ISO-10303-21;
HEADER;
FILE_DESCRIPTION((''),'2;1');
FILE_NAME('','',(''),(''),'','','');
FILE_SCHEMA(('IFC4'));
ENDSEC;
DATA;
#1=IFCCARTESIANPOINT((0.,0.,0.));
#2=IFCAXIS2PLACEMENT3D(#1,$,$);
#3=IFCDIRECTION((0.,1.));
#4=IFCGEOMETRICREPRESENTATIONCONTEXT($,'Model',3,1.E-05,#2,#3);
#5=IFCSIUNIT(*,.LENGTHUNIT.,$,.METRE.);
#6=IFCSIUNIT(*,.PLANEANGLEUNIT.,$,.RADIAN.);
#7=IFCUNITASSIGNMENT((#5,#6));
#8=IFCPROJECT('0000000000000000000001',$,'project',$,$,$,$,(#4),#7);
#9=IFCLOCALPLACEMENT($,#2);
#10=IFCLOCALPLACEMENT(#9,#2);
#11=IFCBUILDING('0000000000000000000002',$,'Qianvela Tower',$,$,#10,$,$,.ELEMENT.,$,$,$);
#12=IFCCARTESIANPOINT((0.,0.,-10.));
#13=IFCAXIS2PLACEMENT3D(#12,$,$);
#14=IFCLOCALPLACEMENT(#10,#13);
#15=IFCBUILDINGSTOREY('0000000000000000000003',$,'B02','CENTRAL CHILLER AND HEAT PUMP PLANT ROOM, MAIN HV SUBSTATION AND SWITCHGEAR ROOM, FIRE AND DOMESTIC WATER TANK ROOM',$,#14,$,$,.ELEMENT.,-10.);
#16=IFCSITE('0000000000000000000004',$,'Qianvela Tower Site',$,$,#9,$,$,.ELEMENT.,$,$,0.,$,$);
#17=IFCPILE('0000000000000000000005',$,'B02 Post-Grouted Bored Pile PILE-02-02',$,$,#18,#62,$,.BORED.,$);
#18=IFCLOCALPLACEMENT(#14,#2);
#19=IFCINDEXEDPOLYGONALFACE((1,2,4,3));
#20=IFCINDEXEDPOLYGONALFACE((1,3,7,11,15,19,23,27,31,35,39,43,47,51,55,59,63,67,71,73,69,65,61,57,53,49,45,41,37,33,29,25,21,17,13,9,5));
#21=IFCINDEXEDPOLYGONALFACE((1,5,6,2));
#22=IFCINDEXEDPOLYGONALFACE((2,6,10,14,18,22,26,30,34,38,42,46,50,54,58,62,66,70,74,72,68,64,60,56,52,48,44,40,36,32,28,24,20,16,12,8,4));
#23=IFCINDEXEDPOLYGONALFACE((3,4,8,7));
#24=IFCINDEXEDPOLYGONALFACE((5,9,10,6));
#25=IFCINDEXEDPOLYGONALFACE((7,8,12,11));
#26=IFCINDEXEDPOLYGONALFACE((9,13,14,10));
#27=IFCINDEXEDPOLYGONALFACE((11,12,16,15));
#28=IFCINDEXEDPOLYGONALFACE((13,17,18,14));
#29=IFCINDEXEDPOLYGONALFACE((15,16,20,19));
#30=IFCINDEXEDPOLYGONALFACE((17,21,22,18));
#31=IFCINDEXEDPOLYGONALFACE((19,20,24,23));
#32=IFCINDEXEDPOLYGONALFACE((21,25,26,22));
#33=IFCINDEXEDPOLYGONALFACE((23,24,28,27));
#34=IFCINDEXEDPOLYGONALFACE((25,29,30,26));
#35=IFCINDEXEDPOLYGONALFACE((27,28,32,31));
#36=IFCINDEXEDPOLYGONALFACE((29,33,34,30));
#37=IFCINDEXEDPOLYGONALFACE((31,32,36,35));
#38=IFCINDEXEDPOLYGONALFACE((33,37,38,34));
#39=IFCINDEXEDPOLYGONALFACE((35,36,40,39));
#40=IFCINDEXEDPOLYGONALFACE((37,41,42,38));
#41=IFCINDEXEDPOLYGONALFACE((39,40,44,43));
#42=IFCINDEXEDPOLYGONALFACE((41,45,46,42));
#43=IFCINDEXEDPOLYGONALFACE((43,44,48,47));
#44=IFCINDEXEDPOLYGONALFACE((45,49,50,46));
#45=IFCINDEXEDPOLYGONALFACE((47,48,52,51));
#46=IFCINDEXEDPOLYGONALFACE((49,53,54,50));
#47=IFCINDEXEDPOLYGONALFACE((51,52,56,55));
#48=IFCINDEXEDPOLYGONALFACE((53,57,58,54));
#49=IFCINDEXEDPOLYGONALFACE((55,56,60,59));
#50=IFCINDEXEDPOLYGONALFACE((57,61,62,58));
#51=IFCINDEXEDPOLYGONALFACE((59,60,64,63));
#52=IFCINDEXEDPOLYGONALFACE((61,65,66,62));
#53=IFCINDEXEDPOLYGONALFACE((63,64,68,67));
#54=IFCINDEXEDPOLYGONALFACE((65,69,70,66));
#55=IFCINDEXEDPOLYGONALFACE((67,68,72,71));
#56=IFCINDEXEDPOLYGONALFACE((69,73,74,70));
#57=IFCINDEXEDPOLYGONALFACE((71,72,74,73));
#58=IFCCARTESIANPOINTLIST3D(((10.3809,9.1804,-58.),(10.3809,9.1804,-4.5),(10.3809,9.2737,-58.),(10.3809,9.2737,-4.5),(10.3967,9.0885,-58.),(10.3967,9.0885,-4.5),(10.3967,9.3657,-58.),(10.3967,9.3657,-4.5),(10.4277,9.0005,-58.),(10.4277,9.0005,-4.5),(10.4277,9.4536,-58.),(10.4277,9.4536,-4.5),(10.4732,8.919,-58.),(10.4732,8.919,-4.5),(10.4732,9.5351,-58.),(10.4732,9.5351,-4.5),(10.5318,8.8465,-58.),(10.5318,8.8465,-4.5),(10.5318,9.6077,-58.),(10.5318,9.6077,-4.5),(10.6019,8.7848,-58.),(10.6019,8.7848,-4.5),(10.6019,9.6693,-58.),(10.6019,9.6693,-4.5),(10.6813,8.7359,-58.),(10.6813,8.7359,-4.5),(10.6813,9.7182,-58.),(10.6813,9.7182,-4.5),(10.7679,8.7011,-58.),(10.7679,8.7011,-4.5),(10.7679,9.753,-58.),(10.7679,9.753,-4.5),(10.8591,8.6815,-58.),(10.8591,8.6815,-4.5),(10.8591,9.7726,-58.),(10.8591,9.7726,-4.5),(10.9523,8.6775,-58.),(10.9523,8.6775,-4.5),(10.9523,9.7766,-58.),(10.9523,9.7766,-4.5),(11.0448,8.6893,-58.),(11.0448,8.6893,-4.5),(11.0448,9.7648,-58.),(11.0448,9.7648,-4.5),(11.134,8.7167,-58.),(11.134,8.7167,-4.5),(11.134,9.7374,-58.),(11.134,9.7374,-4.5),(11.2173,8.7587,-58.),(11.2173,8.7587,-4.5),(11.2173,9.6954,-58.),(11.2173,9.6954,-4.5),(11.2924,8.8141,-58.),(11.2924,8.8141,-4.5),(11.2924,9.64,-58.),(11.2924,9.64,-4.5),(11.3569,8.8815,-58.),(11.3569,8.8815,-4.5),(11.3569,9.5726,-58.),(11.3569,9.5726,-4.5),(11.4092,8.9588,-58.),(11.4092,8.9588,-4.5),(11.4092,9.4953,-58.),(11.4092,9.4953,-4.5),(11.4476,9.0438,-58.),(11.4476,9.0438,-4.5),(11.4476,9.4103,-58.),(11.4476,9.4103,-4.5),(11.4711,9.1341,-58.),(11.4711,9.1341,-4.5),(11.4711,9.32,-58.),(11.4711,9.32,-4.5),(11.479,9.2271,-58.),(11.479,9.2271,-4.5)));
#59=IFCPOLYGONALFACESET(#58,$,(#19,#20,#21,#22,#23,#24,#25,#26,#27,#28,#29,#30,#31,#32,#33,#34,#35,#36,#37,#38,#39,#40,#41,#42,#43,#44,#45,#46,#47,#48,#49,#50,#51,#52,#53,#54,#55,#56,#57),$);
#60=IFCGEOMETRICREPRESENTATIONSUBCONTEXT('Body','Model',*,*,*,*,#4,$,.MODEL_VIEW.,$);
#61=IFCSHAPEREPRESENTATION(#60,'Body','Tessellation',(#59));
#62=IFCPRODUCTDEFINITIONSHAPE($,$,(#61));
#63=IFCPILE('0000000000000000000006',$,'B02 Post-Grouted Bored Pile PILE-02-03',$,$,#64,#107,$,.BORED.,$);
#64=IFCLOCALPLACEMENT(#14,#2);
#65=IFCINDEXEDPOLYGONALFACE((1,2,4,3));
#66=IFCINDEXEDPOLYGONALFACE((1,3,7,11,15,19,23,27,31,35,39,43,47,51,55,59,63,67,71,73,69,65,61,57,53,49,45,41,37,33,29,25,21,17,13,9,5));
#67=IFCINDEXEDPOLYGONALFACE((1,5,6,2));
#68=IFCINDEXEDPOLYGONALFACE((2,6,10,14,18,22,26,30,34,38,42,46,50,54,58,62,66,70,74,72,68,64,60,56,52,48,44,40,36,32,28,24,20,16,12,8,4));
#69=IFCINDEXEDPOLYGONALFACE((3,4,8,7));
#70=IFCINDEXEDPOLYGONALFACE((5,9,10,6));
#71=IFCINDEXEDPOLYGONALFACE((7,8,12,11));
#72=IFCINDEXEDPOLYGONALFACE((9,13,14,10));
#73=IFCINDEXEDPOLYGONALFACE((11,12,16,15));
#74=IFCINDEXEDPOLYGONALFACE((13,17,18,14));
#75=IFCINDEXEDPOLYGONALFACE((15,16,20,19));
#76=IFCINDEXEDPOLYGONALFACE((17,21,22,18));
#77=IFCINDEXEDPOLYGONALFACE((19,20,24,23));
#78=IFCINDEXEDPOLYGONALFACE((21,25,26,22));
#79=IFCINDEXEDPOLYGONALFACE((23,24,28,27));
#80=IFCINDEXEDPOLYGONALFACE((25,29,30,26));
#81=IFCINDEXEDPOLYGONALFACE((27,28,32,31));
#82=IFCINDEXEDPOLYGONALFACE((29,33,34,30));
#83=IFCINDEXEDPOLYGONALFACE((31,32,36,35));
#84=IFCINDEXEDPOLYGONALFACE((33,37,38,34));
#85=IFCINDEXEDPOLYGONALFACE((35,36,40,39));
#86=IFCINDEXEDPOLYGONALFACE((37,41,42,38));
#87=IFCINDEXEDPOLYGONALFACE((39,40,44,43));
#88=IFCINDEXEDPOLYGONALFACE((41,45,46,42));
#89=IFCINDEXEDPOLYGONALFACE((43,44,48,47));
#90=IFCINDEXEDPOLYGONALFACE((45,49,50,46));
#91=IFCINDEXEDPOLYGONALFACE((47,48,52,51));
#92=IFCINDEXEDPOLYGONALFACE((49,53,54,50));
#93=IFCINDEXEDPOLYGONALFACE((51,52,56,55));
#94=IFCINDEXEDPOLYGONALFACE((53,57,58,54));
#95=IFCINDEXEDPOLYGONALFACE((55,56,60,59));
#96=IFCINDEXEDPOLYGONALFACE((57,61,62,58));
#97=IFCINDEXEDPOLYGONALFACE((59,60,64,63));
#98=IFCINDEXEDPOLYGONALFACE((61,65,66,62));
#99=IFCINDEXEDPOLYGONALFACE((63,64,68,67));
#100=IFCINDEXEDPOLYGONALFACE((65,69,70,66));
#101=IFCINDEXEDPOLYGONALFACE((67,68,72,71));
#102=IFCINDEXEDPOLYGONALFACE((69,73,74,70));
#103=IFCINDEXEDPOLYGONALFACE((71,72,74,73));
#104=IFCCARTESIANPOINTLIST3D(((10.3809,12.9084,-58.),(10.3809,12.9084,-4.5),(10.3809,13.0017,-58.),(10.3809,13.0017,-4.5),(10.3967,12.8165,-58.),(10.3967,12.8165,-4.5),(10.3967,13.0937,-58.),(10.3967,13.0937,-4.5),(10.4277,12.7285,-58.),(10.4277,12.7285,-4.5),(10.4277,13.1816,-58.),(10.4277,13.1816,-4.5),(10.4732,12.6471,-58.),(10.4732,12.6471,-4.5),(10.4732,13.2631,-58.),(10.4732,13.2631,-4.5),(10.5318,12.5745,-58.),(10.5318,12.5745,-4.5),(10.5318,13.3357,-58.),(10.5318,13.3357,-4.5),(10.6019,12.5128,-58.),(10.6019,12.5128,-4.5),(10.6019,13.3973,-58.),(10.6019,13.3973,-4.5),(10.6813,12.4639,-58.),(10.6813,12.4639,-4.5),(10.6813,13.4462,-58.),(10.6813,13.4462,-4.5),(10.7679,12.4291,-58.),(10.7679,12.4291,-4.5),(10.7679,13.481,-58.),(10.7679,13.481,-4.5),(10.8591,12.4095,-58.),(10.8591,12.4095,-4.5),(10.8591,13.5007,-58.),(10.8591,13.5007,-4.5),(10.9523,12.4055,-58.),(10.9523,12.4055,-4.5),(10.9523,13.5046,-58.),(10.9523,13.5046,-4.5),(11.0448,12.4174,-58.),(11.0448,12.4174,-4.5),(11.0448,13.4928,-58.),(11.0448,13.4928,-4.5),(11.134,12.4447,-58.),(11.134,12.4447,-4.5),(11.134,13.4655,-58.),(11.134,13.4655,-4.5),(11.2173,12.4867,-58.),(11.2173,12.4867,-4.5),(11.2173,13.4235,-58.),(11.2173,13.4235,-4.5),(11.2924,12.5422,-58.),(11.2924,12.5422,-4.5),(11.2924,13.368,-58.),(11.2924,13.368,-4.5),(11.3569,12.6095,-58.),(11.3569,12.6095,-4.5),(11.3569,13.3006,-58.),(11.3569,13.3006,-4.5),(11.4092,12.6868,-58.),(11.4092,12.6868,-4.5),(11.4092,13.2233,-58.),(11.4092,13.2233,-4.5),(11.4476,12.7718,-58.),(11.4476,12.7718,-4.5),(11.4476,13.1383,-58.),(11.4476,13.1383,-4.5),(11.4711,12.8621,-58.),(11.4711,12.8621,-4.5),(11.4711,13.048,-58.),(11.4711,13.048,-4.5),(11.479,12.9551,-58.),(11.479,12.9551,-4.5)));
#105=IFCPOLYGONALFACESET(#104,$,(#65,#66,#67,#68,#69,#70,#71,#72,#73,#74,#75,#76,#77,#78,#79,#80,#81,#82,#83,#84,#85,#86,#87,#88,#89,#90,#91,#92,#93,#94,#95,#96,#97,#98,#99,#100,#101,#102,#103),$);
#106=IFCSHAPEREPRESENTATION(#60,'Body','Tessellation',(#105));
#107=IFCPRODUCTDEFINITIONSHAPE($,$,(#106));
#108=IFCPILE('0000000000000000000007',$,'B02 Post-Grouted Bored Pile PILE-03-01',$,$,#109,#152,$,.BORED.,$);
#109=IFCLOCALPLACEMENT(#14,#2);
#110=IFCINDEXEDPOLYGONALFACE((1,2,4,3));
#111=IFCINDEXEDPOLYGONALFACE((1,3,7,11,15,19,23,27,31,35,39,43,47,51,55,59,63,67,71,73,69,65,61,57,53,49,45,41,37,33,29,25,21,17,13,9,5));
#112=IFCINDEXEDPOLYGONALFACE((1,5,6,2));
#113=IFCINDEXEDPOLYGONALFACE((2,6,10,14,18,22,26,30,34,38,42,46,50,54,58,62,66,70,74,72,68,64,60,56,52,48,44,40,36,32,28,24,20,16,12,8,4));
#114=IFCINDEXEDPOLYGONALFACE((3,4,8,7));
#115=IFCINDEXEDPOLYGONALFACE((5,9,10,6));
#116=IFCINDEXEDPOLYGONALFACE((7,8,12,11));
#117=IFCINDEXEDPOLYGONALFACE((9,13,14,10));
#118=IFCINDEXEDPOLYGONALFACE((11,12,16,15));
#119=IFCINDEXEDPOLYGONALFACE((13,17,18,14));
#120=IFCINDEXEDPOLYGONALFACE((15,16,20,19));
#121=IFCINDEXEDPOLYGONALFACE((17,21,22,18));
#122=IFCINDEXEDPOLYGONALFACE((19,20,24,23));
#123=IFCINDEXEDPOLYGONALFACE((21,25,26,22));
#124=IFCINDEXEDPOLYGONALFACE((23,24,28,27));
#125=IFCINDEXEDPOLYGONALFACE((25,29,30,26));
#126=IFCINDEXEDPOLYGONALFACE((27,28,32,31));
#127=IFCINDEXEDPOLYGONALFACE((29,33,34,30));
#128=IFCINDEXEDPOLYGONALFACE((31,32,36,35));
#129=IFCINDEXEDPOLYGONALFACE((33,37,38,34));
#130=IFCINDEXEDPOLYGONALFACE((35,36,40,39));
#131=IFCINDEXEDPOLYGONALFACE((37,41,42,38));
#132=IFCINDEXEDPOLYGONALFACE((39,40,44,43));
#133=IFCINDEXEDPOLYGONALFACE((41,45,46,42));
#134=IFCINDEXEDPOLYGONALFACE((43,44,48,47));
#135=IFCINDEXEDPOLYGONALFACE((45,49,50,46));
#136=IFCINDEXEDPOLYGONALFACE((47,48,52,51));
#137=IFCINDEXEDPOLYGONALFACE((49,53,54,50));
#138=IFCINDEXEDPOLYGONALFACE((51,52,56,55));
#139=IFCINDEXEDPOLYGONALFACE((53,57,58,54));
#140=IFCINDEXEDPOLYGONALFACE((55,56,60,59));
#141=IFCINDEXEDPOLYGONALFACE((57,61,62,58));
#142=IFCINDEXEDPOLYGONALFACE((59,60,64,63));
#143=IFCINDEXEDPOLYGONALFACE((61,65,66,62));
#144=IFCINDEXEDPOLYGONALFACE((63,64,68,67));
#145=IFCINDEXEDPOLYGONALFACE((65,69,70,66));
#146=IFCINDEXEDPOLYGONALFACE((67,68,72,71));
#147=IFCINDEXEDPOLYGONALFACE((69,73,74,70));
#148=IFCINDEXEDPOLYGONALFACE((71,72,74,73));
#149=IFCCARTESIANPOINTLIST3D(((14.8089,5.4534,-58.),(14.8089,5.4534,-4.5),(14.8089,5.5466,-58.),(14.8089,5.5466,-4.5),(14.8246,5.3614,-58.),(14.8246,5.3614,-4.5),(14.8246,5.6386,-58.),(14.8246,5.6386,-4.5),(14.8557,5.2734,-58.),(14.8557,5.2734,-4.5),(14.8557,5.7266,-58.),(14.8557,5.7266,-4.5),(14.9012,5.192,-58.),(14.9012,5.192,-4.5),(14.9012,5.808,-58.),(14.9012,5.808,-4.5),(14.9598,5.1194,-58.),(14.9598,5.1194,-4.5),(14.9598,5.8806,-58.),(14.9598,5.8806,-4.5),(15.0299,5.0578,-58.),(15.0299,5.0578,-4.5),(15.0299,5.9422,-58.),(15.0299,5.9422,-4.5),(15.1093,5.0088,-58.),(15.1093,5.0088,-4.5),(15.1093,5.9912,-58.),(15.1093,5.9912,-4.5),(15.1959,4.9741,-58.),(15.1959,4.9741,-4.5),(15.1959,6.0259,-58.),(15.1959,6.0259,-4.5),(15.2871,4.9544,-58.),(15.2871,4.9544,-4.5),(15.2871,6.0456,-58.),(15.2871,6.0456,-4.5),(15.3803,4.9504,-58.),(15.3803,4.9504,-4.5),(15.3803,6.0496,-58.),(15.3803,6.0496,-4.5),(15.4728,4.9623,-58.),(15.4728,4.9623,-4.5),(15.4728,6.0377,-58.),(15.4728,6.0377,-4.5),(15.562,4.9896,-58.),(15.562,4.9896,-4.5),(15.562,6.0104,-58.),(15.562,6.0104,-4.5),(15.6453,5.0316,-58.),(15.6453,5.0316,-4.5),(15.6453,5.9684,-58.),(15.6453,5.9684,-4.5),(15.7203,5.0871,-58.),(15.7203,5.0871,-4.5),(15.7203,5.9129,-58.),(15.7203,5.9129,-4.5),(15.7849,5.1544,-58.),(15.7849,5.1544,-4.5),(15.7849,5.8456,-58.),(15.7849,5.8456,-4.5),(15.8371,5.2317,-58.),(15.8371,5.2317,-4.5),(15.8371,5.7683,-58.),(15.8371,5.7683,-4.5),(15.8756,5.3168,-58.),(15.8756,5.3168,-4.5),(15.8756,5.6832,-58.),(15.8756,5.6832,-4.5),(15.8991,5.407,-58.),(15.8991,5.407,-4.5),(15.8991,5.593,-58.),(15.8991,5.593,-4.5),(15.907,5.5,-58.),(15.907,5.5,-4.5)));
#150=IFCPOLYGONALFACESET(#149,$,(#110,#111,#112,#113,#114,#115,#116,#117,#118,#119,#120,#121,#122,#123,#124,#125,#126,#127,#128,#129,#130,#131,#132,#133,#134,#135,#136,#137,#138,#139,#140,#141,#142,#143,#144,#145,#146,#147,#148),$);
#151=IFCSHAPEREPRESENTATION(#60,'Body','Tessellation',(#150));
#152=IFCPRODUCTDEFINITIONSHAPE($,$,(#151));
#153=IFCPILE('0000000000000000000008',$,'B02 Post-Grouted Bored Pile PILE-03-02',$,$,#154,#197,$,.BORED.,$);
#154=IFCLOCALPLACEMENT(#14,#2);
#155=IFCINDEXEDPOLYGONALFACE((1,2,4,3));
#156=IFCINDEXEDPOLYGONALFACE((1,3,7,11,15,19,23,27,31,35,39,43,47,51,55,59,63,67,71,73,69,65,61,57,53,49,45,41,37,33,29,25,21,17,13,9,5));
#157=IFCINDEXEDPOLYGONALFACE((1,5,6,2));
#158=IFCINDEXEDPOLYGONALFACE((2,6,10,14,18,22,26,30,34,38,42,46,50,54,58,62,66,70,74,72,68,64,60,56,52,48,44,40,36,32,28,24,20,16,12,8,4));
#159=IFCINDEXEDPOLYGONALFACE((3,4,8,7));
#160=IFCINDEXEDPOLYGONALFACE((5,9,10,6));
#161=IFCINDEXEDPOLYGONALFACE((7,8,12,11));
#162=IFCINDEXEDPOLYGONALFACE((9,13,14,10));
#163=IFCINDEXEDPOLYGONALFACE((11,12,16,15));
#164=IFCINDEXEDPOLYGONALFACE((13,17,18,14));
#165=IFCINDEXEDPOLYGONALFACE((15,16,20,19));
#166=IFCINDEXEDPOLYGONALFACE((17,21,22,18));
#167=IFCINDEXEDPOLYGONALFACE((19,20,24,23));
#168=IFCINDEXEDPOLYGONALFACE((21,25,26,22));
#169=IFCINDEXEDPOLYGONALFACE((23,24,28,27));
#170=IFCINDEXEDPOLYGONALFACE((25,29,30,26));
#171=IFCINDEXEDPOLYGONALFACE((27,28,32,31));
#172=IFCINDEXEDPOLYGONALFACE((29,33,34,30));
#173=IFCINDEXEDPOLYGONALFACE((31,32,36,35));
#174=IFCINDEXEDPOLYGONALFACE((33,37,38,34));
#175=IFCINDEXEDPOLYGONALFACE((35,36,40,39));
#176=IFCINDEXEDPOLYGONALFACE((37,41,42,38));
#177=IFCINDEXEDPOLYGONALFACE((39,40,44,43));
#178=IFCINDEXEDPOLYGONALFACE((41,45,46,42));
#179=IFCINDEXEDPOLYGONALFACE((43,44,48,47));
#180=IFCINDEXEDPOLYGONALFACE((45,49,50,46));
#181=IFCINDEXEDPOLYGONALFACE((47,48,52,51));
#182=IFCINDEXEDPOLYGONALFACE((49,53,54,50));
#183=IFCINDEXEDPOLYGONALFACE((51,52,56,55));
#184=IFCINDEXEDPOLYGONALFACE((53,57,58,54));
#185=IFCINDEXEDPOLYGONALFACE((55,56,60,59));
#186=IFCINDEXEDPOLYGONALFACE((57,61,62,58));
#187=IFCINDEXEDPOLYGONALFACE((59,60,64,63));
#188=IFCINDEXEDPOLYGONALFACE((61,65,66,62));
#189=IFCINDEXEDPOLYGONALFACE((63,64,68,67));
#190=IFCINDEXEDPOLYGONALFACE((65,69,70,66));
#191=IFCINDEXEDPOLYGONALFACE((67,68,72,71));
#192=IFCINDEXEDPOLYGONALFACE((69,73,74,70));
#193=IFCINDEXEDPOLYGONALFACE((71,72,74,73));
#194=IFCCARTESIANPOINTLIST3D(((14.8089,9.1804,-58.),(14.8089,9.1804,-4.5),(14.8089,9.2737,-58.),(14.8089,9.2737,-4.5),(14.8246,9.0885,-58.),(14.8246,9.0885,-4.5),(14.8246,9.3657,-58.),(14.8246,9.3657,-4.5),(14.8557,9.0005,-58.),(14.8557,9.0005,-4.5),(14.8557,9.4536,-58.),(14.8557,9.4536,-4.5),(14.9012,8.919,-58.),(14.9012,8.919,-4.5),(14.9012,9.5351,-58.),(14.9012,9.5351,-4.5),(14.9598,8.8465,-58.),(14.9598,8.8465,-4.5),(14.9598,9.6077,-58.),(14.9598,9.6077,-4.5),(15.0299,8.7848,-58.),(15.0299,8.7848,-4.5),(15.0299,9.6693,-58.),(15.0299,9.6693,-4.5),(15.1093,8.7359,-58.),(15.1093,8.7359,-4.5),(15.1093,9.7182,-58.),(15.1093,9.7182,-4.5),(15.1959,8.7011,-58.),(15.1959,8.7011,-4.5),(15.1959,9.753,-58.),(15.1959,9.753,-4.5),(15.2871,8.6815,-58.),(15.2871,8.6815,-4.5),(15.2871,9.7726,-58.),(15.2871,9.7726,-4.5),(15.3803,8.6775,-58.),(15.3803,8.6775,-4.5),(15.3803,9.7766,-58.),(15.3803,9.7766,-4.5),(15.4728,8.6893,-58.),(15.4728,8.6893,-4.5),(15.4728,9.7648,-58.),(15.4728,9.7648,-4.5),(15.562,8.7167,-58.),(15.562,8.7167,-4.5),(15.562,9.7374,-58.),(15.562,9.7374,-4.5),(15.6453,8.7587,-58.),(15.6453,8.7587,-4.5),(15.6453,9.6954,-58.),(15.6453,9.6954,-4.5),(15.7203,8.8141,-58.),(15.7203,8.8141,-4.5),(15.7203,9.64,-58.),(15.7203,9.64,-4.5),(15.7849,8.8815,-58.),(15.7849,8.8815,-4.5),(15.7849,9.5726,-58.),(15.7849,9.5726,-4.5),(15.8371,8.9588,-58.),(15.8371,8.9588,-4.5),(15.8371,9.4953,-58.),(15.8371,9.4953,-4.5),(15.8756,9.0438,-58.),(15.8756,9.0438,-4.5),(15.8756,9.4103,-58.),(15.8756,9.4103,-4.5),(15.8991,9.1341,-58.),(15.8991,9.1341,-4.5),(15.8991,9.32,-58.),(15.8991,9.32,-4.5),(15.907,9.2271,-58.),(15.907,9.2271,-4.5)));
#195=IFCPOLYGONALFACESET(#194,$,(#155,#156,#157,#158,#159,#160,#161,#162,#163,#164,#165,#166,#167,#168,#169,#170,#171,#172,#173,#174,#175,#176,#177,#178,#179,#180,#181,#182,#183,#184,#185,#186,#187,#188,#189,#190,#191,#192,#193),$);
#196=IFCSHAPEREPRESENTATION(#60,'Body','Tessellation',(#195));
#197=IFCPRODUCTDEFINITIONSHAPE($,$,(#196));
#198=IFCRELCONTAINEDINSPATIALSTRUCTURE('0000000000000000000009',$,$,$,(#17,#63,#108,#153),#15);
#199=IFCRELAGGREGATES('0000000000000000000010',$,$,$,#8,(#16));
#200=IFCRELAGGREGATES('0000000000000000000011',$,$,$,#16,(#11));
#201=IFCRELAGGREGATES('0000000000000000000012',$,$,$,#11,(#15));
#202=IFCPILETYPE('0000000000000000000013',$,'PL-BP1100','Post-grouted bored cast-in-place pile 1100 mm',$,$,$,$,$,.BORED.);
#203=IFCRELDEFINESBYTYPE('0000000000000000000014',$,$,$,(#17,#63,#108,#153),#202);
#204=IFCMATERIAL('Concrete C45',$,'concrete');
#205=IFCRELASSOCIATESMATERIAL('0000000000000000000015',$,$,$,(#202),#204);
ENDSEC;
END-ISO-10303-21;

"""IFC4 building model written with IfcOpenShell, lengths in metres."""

from ifc_helpers import new_model, si_unit, direction, frame, origin, origin_2d, place, context, subcontext, project, spatial, circle, extrude, material, material_profile, profile_set, type_object, element, save


model = new_model("IFC4")

# Units and contexts
model_context = context("Model", 3, precision=1e-05, world=origin(), true_north=direction((0.0, 1.0)))
body_context = subcontext(model_context, "Body", "Model", "MODEL_VIEW")
ifc_project = project(units=[si_unit("LENGTHUNIT", "METRE"), si_unit("PLANEANGLEUNIT", "RADIAN")], contexts=[model_context])

# Site, building, storey
site_placement = place(None, origin())
site = spatial("IfcSite", under=ifc_project, at=site_placement, Name="Qianvela Tower Site", CompositionType="ELEMENT", RefElevation=0.0)
building_placement = place(site_placement, origin())
building = spatial("IfcBuilding", under=site, at=building_placement, Name="Qianvela Tower", CompositionType="ELEMENT")
storey_placement = place(building_placement, frame((0.0, 0.0, -10.0)))
storey = spatial("IfcBuildingStorey", under=building, at=storey_placement, Name="B02", Description="CENTRAL CHILLER AND HEAT PUMP PLANT ROOM, MAIN HV SUBSTATION AND SWITCHGEAR ROOM, FIRE AND DOMESTIC WATER TANK ROOM", CompositionType="ELEMENT", Elevation=-10.0)

# Piles
ifc_material_1 = material(Name="Concrete C45", Category="concrete")
ifc_material_profile_1 = material_profile(ifc_material_1, circle(Radius=0.55, at=origin_2d()), Name="BP-1100")
ifc_profile_set_1 = profile_set([ifc_material_profile_1], Name="Concrete C45")
pile_type_1 = type_object("IfcPileType", Name="PL-BP1100", Description="Post-grouted bored cast-in-place pile 1100 mm", PredefinedType="BORED", material=ifc_profile_set_1)
for number, where, z_axis, x_axis, name in (
    (1, (10.929, 9.2271, -4.5), (0.0, 0.0, -1.0), (1.0, 0.0, 0.0), "B02 Post-Grouted Bored Pile PILE-02-02"),
    (2, (10.929, 12.9551, -4.5), (0.0, 0.0, -1.0), (1.0, 0.0, 0.0), "B02 Post-Grouted Bored Pile PILE-02-03"),
    (3, (15.3569, 5.5, -4.5), (0.0, 0.0, -1.0), (1.0, 0.0, 0.0), "B02 Post-Grouted Bored Pile PILE-03-01"),
    (4, (15.3569, 9.2271, -4.5), (0.0, 0.0, -1.0), (1.0, 0.0, 0.0), "B02 Post-Grouted Bored Pile PILE-03-02"),
):
    element("IfcPile", number, at=place(storey_placement, frame(where, z_axis=z_axis, x_axis=x_axis)), inside=storey, type_object=pile_type_1, Name=name, PredefinedType="BORED", context=body_context, shape_type="SweptSolid", body=[
        extrude(circle(Radius=0.55, at=origin_2d()), origin(), (0.0, 0.0, 1.0), 53.5),
    ])

save(model, "model.ifc")
